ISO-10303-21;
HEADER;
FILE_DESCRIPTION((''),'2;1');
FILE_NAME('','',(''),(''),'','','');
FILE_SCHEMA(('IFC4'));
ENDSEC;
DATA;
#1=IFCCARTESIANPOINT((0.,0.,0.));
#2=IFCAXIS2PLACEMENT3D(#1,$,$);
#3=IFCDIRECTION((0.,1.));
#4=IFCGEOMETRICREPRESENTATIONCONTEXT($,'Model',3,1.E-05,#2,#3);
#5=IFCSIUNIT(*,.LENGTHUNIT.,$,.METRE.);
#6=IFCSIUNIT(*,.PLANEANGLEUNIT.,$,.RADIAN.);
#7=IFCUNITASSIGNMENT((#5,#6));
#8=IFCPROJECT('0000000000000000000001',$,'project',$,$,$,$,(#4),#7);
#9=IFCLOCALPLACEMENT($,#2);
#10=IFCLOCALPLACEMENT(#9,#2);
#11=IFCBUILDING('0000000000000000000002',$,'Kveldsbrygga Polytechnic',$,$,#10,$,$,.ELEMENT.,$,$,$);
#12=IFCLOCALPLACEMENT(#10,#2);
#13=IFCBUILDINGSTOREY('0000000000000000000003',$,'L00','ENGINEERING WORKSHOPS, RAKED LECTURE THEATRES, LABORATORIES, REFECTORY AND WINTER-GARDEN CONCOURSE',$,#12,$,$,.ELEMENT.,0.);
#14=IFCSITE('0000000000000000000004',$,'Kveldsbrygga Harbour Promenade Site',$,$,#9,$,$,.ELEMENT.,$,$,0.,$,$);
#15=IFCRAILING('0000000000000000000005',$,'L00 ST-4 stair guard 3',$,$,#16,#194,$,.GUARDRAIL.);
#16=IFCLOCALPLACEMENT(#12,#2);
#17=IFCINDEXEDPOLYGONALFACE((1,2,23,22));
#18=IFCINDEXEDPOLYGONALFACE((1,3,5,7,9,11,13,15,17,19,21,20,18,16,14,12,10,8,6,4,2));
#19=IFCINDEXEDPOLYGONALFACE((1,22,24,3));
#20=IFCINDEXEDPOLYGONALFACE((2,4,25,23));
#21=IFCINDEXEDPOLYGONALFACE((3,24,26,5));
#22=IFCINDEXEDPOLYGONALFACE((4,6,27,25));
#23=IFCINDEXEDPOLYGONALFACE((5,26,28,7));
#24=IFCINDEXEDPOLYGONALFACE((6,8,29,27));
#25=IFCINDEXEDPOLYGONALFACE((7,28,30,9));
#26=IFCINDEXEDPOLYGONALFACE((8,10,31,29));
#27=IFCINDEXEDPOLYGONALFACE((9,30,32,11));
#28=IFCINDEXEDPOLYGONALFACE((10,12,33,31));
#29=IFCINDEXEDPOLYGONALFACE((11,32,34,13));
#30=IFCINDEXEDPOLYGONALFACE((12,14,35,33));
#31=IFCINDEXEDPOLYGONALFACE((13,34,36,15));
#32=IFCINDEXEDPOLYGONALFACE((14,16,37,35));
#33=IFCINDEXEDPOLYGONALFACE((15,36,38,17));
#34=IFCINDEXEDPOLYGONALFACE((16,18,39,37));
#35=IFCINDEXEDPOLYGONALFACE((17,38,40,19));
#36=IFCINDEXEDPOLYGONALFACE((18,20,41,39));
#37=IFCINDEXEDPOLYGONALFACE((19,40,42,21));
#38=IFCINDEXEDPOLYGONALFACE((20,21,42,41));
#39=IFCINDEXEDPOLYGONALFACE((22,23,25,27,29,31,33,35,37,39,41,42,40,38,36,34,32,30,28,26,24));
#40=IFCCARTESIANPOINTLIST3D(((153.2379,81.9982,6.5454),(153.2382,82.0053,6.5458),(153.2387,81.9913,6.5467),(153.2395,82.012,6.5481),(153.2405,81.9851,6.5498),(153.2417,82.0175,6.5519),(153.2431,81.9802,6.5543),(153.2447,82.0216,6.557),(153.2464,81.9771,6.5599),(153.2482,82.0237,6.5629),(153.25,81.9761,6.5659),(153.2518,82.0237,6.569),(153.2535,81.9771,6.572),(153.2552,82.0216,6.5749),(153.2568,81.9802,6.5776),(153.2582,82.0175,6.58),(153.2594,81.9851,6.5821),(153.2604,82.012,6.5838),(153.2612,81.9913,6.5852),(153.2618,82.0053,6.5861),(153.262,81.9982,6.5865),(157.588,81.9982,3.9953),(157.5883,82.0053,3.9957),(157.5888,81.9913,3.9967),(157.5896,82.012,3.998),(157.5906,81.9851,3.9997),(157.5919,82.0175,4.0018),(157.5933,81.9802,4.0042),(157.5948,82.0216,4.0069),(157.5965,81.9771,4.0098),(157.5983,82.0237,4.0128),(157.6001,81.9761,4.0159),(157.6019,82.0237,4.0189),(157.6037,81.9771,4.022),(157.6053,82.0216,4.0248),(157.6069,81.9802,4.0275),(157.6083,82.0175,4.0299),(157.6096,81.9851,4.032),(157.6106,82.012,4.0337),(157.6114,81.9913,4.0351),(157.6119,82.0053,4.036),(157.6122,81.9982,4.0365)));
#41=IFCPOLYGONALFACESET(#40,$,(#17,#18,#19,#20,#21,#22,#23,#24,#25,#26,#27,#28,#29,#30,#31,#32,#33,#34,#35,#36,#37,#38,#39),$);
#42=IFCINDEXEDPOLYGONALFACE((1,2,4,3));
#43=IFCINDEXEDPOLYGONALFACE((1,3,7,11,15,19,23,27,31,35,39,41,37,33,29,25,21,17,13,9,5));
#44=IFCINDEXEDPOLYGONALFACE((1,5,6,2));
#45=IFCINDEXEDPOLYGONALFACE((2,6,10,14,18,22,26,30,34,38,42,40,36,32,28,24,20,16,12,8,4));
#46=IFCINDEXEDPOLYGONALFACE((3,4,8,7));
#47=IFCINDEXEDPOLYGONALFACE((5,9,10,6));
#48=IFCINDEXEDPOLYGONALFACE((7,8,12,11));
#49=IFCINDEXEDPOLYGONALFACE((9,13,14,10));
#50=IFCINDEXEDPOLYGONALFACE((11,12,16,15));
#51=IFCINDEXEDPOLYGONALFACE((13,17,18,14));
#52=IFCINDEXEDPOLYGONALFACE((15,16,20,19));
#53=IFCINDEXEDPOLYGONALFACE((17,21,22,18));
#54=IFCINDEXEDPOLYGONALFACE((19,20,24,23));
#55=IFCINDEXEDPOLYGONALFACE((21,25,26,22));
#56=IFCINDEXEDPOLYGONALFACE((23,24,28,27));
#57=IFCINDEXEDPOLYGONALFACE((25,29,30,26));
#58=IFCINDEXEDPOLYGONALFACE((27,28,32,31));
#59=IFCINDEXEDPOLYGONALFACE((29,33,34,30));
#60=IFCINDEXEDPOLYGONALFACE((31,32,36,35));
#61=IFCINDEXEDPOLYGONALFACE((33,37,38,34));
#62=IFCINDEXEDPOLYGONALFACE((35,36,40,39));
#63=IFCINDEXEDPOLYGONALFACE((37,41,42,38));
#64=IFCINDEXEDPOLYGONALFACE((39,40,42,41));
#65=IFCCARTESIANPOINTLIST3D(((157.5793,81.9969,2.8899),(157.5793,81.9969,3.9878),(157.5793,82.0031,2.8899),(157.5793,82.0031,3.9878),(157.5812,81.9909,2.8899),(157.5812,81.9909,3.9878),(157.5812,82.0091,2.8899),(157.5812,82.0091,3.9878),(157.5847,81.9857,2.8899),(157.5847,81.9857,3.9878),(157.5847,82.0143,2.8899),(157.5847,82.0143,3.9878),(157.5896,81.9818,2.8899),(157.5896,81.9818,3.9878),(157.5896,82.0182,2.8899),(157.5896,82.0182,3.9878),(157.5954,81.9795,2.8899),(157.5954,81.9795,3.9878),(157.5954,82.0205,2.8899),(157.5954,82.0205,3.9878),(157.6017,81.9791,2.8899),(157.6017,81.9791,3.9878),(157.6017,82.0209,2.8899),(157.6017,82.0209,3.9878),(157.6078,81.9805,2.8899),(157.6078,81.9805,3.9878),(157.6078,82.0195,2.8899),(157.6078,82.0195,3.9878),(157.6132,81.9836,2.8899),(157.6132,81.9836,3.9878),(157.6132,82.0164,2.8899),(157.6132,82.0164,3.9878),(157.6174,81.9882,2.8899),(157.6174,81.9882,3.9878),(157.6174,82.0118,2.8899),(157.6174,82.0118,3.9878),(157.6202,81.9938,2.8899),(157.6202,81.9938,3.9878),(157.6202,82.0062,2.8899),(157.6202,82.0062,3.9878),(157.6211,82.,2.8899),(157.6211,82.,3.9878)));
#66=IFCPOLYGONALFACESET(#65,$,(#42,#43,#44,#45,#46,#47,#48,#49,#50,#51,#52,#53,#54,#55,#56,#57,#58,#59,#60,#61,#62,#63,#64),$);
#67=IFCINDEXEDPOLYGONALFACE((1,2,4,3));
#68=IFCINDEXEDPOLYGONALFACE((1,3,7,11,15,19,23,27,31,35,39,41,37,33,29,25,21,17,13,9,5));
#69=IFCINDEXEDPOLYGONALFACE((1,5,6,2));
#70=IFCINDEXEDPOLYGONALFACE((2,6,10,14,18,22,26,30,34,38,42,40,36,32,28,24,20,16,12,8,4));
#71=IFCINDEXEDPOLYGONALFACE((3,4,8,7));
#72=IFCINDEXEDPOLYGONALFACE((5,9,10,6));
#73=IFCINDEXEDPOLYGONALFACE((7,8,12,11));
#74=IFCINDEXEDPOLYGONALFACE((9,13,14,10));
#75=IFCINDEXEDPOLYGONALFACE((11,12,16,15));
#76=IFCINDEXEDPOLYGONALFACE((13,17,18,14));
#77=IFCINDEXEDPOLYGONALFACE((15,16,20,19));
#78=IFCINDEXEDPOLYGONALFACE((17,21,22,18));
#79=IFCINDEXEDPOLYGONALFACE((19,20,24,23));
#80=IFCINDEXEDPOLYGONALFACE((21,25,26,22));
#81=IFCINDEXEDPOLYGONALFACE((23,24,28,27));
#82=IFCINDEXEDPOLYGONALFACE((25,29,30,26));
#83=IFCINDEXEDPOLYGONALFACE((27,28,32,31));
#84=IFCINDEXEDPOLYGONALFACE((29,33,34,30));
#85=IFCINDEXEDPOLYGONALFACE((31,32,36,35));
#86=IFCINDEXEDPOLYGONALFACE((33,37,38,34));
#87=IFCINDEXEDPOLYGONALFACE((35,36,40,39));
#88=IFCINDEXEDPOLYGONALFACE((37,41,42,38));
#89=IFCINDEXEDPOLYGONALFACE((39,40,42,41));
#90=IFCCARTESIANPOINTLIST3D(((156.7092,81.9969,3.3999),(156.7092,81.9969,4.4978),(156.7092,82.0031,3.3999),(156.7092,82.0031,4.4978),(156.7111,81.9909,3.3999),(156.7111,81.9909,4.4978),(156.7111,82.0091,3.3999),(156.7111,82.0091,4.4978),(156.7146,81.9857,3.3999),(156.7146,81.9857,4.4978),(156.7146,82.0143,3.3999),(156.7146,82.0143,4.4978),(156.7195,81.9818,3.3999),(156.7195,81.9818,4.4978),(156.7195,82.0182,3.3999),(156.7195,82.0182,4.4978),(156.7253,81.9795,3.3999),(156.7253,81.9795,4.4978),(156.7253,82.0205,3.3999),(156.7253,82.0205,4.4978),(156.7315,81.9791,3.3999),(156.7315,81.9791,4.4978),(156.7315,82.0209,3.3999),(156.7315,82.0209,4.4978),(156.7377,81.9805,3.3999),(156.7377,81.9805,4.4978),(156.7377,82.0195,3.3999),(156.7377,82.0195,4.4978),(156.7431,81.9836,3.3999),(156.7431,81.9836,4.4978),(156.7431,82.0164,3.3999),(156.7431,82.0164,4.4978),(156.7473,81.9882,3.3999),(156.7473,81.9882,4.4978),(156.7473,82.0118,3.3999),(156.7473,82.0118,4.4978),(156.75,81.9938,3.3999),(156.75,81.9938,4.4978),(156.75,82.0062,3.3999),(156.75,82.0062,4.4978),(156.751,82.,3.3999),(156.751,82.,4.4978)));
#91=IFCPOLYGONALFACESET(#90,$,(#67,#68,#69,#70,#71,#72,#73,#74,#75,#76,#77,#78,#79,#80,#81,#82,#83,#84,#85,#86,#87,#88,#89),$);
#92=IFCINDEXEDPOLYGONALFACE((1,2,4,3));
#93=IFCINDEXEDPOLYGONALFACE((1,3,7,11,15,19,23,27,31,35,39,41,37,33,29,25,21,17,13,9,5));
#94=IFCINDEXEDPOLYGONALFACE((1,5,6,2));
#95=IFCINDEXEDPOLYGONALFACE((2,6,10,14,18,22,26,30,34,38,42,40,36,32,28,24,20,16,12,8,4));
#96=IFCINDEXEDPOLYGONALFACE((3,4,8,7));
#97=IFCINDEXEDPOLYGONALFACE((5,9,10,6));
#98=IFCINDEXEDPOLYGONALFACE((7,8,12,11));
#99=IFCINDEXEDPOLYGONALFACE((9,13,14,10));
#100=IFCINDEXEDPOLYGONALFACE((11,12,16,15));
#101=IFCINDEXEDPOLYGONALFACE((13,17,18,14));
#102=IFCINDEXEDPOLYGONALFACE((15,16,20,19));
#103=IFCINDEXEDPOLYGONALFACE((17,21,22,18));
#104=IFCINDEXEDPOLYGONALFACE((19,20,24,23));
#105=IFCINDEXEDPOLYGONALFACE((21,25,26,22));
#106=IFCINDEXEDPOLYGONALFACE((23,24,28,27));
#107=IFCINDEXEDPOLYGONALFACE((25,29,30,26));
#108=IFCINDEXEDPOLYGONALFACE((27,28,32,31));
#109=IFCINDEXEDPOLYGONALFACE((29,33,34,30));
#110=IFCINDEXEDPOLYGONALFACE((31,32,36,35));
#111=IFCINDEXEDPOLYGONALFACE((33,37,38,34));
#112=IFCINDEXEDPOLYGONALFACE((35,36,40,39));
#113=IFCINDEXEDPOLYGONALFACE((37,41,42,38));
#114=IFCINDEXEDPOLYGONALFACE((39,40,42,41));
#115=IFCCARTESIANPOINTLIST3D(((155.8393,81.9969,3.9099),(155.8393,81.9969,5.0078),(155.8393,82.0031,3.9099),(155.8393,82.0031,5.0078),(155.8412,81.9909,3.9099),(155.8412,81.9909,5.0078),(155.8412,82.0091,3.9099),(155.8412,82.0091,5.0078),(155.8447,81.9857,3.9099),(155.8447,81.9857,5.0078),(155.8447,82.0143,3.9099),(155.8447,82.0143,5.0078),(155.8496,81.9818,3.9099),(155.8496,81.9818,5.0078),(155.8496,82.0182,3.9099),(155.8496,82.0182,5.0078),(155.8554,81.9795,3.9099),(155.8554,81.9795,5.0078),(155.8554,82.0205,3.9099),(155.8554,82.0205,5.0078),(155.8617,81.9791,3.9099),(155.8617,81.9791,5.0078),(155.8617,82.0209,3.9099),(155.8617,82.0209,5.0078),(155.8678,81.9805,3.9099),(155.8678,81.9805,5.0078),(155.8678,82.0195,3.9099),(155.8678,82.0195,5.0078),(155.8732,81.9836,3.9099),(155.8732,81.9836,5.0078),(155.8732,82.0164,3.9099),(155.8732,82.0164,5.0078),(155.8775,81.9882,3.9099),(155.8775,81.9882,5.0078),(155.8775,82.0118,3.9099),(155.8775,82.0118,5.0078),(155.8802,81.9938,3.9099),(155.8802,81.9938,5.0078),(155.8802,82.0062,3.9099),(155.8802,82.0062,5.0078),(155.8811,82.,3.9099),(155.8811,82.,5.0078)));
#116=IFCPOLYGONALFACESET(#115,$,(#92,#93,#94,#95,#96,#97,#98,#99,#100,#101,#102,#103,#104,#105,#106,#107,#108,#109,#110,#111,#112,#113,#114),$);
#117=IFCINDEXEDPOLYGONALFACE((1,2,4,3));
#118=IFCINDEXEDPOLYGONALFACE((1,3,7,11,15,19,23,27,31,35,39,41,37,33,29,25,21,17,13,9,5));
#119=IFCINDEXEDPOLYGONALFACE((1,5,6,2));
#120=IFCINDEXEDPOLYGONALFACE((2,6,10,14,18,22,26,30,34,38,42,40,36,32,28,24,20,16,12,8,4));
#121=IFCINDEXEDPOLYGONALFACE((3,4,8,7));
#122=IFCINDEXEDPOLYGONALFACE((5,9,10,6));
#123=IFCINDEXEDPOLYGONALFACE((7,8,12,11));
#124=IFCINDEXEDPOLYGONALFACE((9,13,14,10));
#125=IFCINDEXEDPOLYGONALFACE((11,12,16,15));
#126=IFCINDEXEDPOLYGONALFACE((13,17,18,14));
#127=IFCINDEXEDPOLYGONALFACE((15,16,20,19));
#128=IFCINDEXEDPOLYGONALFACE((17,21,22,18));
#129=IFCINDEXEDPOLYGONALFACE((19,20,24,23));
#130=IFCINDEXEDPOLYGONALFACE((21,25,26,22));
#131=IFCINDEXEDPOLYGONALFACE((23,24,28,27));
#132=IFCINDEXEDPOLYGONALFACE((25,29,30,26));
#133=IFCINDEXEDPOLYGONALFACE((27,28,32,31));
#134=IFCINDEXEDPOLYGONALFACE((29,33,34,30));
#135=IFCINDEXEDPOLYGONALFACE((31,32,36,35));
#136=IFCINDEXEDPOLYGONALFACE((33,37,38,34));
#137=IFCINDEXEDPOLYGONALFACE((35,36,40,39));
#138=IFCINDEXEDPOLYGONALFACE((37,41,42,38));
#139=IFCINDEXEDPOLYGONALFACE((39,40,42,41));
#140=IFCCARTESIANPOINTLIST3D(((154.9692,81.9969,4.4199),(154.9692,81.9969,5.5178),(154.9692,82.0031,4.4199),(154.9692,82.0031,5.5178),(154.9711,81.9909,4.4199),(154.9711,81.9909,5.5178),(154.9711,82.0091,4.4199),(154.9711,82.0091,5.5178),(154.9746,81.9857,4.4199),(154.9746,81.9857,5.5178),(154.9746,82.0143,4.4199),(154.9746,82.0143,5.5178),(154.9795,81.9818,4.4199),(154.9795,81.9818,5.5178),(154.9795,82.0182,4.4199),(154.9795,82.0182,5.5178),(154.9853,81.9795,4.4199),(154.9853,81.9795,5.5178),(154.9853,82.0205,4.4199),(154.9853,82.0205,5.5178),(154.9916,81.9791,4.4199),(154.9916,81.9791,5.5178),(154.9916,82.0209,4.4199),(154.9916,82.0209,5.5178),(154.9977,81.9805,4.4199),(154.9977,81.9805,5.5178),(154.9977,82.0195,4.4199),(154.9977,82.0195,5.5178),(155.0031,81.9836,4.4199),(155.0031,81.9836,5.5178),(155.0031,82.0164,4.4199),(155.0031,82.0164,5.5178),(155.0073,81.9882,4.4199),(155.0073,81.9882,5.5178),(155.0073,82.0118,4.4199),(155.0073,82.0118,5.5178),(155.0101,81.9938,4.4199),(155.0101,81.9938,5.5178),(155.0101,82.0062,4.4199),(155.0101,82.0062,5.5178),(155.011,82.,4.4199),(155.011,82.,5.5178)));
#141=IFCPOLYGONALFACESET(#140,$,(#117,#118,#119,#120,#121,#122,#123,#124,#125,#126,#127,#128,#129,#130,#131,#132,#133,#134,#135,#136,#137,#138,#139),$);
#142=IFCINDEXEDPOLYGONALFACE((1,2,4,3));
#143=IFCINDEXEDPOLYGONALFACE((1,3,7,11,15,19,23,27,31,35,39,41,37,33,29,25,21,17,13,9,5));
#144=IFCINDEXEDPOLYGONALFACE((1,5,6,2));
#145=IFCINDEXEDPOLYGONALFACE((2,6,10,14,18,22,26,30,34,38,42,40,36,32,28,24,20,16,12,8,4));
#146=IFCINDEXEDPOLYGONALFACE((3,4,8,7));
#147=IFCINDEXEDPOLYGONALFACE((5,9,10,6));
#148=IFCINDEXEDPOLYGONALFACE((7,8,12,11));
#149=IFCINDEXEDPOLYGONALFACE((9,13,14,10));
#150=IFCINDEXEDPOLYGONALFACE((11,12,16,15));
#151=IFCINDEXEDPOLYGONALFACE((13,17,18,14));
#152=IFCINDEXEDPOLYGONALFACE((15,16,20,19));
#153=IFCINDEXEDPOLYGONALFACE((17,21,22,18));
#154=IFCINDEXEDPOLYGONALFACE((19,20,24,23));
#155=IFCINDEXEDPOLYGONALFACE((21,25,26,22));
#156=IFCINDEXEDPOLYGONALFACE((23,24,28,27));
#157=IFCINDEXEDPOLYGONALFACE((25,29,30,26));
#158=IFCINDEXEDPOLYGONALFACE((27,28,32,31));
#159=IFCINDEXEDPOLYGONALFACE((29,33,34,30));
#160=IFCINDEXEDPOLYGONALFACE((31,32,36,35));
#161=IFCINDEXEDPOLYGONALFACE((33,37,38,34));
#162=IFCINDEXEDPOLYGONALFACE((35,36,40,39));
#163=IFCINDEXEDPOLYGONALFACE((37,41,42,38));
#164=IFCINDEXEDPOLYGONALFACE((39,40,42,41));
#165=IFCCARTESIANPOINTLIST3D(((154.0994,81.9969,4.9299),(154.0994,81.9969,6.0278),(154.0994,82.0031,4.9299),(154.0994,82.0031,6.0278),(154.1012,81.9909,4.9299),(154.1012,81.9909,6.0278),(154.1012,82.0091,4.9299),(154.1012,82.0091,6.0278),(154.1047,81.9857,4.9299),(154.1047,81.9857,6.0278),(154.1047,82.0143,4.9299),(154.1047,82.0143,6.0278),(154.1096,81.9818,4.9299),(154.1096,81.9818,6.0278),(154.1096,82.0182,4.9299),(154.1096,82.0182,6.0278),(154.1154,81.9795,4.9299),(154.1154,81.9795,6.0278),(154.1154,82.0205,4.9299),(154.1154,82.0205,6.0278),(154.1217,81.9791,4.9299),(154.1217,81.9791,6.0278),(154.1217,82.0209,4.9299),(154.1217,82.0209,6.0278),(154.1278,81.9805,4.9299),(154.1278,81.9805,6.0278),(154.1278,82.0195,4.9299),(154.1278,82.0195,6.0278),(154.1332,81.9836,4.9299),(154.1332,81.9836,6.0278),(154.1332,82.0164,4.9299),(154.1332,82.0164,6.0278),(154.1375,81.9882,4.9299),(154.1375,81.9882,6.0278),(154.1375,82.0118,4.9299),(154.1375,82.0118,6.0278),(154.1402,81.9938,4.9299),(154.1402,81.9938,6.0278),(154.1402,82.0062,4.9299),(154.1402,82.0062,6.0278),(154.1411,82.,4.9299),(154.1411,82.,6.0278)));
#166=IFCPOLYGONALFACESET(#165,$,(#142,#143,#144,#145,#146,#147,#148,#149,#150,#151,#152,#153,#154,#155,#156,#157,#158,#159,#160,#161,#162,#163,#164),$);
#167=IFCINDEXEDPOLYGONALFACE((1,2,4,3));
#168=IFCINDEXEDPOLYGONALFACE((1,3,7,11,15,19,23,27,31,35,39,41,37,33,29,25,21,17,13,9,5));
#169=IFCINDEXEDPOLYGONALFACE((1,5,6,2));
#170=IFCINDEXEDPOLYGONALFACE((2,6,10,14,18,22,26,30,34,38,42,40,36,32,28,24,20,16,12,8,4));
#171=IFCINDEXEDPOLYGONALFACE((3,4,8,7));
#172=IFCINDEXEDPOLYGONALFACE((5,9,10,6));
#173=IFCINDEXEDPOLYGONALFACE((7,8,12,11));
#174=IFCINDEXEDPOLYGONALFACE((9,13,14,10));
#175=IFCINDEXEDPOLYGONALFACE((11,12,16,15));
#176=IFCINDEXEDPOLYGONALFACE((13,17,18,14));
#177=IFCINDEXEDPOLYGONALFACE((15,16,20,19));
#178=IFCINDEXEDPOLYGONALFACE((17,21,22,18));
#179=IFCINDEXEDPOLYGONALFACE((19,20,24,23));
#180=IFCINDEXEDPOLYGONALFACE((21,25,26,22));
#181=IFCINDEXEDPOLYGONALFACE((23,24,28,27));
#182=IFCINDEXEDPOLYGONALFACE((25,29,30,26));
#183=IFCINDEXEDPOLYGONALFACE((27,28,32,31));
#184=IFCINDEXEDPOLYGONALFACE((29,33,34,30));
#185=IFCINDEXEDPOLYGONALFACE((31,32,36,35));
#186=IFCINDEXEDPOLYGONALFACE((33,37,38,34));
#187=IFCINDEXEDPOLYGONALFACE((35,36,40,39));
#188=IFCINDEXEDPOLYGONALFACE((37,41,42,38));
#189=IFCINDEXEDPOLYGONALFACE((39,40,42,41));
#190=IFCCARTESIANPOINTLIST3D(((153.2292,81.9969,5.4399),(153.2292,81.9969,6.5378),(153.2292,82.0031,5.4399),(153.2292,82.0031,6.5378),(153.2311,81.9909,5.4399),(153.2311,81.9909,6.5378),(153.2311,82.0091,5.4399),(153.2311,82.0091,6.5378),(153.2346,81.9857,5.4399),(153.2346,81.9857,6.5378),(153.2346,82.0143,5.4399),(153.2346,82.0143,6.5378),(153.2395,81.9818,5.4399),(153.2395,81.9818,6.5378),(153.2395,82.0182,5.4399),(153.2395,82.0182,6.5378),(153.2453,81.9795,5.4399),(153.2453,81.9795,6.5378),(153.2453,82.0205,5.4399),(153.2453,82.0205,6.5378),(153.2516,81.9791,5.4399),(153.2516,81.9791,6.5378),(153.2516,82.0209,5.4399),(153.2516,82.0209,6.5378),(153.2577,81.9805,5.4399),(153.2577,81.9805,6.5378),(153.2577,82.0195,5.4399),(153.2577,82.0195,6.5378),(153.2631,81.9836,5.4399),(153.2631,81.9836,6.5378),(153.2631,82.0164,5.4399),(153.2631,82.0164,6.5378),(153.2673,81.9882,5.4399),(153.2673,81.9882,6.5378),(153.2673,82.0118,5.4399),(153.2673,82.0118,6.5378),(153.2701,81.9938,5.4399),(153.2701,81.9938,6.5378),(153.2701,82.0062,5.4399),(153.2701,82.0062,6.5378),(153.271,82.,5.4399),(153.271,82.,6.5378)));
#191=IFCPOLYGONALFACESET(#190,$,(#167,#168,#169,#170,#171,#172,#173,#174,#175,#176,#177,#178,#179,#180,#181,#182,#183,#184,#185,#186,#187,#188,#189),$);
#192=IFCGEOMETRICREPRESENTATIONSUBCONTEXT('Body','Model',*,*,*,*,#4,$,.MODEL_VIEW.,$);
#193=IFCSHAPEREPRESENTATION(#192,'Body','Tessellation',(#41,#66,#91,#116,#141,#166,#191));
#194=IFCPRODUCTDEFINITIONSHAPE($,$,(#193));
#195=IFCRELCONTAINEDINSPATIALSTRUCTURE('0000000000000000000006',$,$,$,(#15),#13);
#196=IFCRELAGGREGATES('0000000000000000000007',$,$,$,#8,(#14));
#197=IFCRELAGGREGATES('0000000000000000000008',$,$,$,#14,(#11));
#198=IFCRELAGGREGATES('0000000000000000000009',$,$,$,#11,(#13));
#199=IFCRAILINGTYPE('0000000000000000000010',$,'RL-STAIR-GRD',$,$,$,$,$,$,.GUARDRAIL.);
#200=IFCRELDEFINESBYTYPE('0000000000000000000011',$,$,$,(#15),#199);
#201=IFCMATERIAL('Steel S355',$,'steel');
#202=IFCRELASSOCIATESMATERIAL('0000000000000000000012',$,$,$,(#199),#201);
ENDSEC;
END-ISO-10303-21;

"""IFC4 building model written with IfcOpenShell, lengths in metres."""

from ifc_helpers import new_model, si_unit, direction, frame, origin, origin_2d, place, context, subcontext, project, spatial, circle, extrude, material, type_object, element, save


model = new_model("IFC4")

# Units and contexts
model_context = context("Model", 3, precision=1e-05, world=origin(), true_north=direction((0.0, 1.0)))
body_context = subcontext(model_context, "Body", "Model", "MODEL_VIEW")
ifc_project = project(units=[si_unit("LENGTHUNIT", "METRE"), si_unit("PLANEANGLEUNIT", "RADIAN")], contexts=[model_context])

# Site, building, storey
site_placement = place(None, origin())
site = spatial("IfcSite", under=ifc_project, at=site_placement, Name="Kveldsbrygga Harbour Promenade Site", CompositionType="ELEMENT", RefElevation=0.0)
building_placement = place(site_placement, origin())
building = spatial("IfcBuilding", under=site, at=building_placement, Name="Kveldsbrygga Polytechnic", CompositionType="ELEMENT")
storey_placement = place(building_placement, origin())
storey = spatial("IfcBuildingStorey", under=building, at=storey_placement, Name="L00", Description="ENGINEERING WORKSHOPS, RAKED LECTURE THEATRES, LABORATORIES, REFECTORY AND WINTER-GARDEN CONCOURSE", CompositionType="ELEMENT", Elevation=0.0)

# Shared definitions
ifc_material_1 = material(Name="Steel S355", Category="steel")

# Railing
railing_type_1 = type_object("IfcRailingType", Name="RL-STAIR-GRD", PredefinedType="GUARDRAIL", material=ifc_material_1)
railing_1_placement = place(storey_placement, frame((157.6001, 82.0, 2.8899)))
element("IfcRailing", 1, at=railing_1_placement, inside=storey, type_object=railing_type_1, Name="L00 ST-4 stair guard 3", PredefinedType="GUARDRAIL", context=body_context, shape_type="SweptSolid", body=[
    extrude(circle(Radius=0.0239, at=origin_2d()), frame((0.0, 0.0, 1.126), z_axis=(-0.862699, 0.0, 0.505718), x_axis=(0.0, -1.0, 0.0)), (0.0, 0.0, 1.0), 5.0425),
    extrude(circle(Radius=0.021, at=origin_2d()), origin(), (0.0, 0.0, 1.0), 1.0979),
    extrude(circle(Radius=0.021, at=origin_2d()), frame((-0.8701, 0.0, 0.51)), (0.0, 0.0, 1.0), 1.0979),
    extrude(circle(Radius=0.021, at=origin_2d()), frame((-1.74, 0.0, 1.02)), (0.0, 0.0, 1.0), 1.0979),
    extrude(circle(Radius=0.021, at=origin_2d()), frame((-2.6101, 0.0, 1.53)), (0.0, 0.0, 1.0), 1.0979),
    extrude(circle(Radius=0.021, at=origin_2d()), frame((-3.48, 0.0, 2.04)), (0.0, 0.0, 1.0), 1.0979),
    extrude(circle(Radius=0.021, at=origin_2d()), frame((-4.3501, 0.0, 2.55)), (0.0, 0.0, 1.0), 1.0979),
])

save(model, "model.ifc")
